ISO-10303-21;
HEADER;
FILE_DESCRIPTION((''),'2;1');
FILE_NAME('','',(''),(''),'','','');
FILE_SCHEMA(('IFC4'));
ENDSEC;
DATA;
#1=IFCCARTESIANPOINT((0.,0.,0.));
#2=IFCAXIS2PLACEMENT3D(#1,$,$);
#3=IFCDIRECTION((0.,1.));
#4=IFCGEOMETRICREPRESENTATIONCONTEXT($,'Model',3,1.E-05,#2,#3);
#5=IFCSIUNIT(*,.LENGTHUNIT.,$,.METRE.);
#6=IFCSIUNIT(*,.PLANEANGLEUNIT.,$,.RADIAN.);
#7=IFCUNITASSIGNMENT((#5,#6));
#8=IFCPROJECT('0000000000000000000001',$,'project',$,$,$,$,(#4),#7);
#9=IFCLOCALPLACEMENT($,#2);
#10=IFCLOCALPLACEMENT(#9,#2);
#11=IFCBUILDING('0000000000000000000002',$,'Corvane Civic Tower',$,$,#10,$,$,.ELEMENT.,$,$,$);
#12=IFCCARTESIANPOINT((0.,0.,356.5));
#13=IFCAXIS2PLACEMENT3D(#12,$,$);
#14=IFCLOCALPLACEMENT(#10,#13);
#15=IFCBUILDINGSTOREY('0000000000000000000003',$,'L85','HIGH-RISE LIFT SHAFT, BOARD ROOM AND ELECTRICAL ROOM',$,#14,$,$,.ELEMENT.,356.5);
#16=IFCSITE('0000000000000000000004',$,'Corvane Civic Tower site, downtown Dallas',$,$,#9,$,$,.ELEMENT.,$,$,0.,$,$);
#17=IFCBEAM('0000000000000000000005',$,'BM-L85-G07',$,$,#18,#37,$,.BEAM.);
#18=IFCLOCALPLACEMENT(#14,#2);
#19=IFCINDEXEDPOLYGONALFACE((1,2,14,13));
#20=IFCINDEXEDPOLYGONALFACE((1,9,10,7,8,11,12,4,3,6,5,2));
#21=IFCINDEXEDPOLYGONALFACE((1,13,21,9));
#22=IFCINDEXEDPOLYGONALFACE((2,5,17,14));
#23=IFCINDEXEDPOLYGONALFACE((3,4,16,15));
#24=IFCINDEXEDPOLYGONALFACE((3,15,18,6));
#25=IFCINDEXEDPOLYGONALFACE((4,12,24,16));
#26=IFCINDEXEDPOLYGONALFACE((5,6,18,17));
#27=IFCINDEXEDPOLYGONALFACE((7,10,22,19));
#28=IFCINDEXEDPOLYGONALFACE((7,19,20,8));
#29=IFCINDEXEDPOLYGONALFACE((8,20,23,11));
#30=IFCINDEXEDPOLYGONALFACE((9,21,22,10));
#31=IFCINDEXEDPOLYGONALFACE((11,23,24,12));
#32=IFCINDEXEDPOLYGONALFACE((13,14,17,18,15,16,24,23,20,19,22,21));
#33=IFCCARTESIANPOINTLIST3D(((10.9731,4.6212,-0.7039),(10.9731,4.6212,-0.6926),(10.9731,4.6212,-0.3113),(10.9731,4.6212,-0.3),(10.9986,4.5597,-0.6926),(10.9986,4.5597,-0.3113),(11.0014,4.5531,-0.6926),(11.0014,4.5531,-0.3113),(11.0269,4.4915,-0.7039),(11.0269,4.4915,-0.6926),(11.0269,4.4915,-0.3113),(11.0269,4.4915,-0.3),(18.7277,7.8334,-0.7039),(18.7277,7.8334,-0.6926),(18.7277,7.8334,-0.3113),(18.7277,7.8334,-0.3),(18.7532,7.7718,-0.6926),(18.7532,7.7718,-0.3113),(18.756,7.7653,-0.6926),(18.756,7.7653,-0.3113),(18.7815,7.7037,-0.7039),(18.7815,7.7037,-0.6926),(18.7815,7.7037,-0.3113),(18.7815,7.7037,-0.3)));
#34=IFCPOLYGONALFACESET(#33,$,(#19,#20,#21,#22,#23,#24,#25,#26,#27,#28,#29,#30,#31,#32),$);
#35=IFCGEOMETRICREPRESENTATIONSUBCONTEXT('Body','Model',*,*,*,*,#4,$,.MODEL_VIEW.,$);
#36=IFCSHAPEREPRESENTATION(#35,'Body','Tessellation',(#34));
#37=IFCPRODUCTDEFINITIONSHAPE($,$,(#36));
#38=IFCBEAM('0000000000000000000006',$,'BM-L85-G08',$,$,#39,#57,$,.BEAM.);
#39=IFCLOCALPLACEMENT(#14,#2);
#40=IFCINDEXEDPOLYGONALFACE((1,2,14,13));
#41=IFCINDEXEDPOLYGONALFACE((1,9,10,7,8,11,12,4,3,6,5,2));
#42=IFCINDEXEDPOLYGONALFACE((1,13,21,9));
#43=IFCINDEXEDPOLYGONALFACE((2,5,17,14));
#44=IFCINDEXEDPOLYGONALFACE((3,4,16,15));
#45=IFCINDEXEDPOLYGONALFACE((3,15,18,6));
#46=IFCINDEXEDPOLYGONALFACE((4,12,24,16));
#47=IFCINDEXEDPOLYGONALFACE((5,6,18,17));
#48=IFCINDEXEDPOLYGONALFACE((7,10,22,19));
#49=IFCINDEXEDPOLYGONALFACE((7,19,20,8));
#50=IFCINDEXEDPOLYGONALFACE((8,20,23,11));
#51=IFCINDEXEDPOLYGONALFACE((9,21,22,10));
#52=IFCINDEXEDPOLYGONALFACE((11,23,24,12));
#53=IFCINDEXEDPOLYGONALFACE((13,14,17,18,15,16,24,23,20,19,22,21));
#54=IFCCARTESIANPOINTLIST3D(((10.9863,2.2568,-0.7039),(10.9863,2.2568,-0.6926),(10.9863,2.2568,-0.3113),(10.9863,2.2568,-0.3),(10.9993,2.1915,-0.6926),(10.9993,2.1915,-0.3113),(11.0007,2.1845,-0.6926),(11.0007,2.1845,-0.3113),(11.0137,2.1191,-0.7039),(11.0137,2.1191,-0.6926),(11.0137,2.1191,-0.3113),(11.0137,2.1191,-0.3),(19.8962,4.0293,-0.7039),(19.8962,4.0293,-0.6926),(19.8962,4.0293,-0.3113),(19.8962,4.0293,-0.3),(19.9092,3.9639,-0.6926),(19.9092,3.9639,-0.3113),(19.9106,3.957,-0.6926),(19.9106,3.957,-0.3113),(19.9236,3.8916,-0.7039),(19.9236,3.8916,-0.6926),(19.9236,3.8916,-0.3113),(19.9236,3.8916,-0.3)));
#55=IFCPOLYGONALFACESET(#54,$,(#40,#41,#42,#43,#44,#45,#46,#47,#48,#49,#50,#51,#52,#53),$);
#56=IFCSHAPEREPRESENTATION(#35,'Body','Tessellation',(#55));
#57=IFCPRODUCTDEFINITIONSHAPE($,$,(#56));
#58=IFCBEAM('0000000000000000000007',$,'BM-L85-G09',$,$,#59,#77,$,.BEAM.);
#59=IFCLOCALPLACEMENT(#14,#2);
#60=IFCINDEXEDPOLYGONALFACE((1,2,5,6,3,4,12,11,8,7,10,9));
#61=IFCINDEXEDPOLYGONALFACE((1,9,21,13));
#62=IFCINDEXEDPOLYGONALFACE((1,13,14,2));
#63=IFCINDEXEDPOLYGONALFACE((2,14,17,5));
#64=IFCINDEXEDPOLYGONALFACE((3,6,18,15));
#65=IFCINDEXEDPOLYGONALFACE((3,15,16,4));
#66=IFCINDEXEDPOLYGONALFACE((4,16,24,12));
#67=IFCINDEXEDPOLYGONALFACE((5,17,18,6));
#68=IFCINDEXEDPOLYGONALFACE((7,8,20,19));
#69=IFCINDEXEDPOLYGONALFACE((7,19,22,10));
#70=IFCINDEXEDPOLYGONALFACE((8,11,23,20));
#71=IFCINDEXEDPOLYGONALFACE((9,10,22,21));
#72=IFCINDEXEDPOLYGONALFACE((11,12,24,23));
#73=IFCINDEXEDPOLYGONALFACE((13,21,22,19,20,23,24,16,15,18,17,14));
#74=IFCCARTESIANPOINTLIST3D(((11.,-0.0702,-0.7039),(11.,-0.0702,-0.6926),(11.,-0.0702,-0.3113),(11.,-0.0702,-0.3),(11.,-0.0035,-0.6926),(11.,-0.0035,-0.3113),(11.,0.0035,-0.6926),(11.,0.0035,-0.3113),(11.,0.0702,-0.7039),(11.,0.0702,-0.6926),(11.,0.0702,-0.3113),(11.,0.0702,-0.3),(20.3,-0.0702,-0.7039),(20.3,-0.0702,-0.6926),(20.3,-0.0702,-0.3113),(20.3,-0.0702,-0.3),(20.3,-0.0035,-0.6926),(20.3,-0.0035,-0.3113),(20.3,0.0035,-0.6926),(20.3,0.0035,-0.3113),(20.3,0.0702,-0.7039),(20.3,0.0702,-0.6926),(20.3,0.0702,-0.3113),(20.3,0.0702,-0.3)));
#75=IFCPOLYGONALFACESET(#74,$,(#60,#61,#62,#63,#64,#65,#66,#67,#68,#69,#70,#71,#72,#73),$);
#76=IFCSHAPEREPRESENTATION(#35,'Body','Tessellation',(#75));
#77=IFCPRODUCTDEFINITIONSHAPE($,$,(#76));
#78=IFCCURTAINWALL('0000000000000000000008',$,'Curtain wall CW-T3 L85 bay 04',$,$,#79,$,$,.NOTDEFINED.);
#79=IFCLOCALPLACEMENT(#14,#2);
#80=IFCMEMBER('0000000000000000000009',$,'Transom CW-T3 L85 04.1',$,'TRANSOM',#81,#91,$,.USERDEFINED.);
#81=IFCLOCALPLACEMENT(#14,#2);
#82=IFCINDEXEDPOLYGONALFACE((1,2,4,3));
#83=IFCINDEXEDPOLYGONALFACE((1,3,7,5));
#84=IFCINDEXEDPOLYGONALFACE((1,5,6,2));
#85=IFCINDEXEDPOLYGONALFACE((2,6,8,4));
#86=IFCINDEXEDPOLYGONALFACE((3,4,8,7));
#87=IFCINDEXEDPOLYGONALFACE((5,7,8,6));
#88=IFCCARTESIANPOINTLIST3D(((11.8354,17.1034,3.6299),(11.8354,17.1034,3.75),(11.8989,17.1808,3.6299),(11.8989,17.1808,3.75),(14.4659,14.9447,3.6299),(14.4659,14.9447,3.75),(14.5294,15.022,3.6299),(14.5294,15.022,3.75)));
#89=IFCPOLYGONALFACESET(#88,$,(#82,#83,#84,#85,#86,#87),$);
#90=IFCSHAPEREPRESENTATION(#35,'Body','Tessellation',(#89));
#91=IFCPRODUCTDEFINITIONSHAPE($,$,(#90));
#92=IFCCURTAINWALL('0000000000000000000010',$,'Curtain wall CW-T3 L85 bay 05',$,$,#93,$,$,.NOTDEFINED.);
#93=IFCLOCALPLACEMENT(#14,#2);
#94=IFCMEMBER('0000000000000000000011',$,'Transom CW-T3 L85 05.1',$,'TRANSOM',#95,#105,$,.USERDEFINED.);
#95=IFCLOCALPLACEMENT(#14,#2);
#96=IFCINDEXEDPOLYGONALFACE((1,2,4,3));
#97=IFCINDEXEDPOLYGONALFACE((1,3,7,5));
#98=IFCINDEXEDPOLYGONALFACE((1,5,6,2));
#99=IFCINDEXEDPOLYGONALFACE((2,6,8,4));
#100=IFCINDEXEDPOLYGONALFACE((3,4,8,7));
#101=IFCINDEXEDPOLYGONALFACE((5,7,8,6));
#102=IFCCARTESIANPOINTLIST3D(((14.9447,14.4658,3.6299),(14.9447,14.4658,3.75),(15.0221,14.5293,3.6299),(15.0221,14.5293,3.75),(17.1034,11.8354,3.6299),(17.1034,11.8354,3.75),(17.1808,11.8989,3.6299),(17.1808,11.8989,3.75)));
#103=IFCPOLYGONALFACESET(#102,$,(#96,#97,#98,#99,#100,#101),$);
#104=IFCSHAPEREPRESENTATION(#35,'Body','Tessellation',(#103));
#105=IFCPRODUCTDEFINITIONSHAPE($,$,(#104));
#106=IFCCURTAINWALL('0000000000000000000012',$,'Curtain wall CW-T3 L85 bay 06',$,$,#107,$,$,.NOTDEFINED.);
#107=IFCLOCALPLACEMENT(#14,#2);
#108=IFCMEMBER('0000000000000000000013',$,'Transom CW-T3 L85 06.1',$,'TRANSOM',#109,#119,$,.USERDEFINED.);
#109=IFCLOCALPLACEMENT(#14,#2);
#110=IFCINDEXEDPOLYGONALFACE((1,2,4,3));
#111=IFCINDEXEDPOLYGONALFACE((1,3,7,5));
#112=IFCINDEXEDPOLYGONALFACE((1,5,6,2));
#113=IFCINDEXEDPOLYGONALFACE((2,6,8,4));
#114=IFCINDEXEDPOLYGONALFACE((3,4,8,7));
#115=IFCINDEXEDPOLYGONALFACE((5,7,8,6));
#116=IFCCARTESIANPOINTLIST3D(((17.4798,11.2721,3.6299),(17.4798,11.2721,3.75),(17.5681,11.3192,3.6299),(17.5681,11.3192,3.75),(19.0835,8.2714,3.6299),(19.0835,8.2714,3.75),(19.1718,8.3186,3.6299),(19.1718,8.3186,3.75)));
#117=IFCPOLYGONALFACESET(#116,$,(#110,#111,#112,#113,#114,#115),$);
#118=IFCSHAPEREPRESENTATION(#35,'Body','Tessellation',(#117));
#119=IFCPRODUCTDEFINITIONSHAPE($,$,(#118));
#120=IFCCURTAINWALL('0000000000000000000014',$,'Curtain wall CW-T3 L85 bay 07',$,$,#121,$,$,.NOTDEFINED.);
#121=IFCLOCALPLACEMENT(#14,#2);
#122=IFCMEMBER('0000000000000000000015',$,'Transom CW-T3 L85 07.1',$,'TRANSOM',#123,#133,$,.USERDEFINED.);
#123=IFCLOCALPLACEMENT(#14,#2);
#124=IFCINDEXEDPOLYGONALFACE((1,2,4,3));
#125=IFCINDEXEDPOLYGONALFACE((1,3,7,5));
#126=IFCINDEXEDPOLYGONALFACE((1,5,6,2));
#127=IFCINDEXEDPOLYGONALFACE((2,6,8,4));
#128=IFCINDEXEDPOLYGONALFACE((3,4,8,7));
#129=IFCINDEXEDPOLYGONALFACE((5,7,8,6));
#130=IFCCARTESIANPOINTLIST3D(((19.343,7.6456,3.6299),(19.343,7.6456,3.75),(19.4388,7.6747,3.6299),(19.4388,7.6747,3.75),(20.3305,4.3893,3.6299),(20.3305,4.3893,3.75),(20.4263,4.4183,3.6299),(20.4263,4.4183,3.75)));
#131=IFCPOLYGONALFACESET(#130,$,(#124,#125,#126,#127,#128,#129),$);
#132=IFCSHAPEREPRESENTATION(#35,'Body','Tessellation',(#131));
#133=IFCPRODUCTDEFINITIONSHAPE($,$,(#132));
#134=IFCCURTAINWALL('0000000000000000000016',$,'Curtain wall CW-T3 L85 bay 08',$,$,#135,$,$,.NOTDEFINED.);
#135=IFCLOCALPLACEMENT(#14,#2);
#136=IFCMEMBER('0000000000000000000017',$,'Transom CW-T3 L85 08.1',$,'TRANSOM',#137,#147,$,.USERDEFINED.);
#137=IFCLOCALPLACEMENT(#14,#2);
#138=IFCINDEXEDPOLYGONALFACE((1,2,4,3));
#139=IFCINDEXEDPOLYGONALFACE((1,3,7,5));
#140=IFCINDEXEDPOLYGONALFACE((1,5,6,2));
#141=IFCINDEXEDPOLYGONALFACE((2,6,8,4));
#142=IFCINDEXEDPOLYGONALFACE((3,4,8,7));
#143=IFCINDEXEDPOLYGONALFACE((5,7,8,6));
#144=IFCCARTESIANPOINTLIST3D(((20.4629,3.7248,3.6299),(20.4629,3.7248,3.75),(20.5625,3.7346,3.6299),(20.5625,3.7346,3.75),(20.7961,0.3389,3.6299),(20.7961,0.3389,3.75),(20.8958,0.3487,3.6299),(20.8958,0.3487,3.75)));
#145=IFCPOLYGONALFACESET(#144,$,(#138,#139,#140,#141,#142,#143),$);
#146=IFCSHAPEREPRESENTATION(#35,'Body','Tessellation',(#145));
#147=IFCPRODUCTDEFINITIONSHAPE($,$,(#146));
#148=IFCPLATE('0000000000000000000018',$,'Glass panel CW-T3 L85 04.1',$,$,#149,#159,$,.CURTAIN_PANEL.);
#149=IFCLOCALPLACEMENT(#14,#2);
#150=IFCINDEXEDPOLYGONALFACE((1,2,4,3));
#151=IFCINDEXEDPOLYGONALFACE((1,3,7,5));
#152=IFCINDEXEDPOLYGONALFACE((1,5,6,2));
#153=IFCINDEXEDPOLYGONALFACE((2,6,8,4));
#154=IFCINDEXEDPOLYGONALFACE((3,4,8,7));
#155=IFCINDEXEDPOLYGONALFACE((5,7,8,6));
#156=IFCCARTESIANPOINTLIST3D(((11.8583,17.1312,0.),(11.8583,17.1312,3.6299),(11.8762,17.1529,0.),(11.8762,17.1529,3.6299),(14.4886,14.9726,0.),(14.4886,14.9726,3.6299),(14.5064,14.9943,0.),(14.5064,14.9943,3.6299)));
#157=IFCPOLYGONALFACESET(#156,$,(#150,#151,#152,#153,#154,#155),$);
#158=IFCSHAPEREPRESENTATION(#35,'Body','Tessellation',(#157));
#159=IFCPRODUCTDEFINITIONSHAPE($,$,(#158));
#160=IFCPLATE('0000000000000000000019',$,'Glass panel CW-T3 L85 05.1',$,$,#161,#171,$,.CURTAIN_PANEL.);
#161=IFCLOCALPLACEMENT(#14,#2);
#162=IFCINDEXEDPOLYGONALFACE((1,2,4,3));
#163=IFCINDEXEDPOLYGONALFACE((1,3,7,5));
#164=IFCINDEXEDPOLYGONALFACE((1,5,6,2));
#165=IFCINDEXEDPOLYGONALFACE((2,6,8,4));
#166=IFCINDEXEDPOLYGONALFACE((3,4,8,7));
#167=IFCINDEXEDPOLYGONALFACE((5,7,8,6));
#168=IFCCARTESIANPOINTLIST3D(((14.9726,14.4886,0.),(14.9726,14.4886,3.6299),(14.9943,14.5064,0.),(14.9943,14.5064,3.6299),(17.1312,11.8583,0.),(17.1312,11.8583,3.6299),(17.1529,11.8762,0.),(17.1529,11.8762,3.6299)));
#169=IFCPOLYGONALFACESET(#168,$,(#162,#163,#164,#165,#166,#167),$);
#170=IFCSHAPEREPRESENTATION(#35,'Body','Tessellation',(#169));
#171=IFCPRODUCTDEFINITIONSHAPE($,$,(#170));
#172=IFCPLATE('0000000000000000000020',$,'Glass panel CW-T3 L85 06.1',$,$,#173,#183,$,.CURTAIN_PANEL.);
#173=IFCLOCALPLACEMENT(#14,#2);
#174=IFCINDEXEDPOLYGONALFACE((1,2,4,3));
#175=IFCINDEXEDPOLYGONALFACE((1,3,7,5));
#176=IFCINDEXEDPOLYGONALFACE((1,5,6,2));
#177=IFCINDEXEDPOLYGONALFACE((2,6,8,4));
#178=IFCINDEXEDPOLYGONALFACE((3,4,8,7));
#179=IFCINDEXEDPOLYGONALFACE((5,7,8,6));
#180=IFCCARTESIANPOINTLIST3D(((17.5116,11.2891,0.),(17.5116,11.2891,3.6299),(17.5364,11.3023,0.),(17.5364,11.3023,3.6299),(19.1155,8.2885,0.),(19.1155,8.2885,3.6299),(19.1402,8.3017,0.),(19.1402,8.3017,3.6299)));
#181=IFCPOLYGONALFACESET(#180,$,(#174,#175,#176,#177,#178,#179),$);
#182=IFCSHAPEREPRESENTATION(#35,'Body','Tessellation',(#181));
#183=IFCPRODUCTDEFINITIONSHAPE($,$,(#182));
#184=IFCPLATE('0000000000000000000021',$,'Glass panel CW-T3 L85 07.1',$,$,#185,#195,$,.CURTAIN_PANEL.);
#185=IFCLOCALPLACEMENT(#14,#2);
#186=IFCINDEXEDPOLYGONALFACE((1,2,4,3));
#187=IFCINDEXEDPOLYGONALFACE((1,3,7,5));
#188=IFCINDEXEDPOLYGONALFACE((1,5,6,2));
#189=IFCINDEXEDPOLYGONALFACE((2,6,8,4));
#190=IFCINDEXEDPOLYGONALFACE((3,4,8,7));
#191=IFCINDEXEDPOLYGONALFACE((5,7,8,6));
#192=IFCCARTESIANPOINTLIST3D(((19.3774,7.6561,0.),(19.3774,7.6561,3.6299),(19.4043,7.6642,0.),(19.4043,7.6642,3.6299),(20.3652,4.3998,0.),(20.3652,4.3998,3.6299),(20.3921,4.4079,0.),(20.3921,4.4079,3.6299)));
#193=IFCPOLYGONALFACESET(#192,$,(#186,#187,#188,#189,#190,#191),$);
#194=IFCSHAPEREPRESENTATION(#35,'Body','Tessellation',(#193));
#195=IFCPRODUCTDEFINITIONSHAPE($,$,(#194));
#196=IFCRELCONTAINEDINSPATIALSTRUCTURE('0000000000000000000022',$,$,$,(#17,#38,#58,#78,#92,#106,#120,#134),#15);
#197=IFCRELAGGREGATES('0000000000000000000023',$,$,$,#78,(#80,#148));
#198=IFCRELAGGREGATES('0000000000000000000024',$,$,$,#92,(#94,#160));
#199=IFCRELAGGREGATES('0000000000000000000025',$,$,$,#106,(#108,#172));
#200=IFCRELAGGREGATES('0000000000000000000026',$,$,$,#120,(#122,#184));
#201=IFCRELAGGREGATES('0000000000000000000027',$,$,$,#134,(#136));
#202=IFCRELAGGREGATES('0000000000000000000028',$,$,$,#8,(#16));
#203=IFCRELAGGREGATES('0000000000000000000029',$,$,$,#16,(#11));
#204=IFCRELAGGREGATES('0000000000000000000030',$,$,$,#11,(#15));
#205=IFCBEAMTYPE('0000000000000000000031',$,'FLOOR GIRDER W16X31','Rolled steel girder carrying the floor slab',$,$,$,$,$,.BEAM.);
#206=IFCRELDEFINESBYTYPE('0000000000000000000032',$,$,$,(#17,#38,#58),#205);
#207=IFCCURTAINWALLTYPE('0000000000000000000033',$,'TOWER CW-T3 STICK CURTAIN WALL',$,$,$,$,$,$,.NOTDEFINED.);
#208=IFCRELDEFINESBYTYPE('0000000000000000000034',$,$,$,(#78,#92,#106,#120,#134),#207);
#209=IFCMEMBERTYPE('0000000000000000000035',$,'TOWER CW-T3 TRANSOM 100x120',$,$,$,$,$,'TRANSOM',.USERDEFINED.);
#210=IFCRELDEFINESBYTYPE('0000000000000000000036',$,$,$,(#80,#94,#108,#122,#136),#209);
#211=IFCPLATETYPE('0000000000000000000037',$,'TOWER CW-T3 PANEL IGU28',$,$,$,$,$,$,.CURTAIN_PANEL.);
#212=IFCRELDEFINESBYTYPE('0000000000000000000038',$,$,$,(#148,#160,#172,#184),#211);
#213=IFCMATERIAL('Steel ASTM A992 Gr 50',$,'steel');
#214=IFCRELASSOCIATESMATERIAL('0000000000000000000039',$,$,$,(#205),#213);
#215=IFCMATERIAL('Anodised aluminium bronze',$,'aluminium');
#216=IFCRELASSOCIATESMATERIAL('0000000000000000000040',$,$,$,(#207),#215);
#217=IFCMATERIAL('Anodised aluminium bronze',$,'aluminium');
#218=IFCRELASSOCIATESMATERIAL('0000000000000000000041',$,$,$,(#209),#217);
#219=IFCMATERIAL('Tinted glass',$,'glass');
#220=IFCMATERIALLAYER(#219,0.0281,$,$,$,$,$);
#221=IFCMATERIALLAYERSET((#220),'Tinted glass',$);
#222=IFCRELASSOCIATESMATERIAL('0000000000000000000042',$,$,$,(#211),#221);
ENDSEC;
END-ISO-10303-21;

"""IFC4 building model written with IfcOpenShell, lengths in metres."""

from ifc_helpers import new_model, si_unit, direction, frame, origin, origin_2d, place, context, subcontext, project, spatial, rectangle, i_section, extrude, material, layer, layer_set, material_profile, profile_set, type_object, element, aggregate, save


model = new_model("IFC4")

# Units and contexts
model_context = context("Model", 3, precision=1e-05, world=origin(), true_north=direction((0.0, 1.0)))
body_context = subcontext(model_context, "Body", "Model", "MODEL_VIEW")
ifc_project = project(units=[si_unit("LENGTHUNIT", "METRE"), si_unit("PLANEANGLEUNIT", "RADIAN")], contexts=[model_context])

# Site, building, storey
site_placement = place(None, origin())
site = spatial("IfcSite", under=ifc_project, at=site_placement, Name="Corvane Civic Tower site, downtown Dallas", CompositionType="ELEMENT", RefElevation=0.0)
building_placement = place(site_placement, origin())
building = spatial("IfcBuilding", under=site, at=building_placement, Name="Corvane Civic Tower", CompositionType="ELEMENT")
storey_placement = place(building_placement, frame((0.0, 0.0, 356.5)))
storey = spatial("IfcBuildingStorey", under=building, at=storey_placement, Name="L85", Description="HIGH-RISE LIFT SHAFT, BOARD ROOM AND ELECTRICAL ROOM", CompositionType="ELEMENT", Elevation=356.5)

# Beams
ifc_material_1 = material(Name="Steel ASTM A992 Gr 50", Category="steel")
ifc_material_profile_1 = material_profile(ifc_material_1, i_section(OverallWidth=0.1404, OverallDepth=0.4038, WebThickness=0.0071, FlangeThickness=0.0112, at=origin_2d()), Name="W16X31")
ifc_profile_set_1 = profile_set([ifc_material_profile_1], Name="Steel ASTM A992 Gr 50")
beam_type_1 = type_object("IfcBeamType", Name="FLOOR GIRDER W16X31", Description="Rolled steel girder carrying the floor slab", PredefinedType="BEAM", material=ifc_profile_set_1)
beam_1_placement = place(storey_placement, frame((11.0, 4.5564, -0.502), z_axis=(0.923876, 0.382692, 0.0), x_axis=(-0.382692, 0.923876, 0.0)))
element("IfcBeam", 1, at=beam_1_placement, inside=storey, type_object=beam_type_1, Name="BM-L85-G07", PredefinedType="BEAM", context=body_context, shape_type="SweptSolid", body=[
    extrude(i_section(OverallWidth=0.1404, OverallDepth=0.4038, WebThickness=0.0071, FlangeThickness=0.0112, at=origin_2d()), origin(), (0.0, 0.0, 1.0), 8.3936),
])
beam_2_placement = place(storey_placement, frame((11.0, 2.188, -0.502), z_axis=(0.980782, 0.195108, 0.0), x_axis=(-0.195108, 0.980782, 0.0)))
element("IfcBeam", 2, at=beam_2_placement, inside=storey, type_object=beam_type_1, Name="BM-L85-G08", PredefinedType="BEAM", context=body_context, shape_type="SweptSolid", body=[
    extrude(i_section(OverallWidth=0.1404, OverallDepth=0.4038, WebThickness=0.0071, FlangeThickness=0.0112, at=origin_2d()), origin(), (0.0, 0.0, 1.0), 9.0845),
])
beam_3_placement = place(storey_placement, frame((11.0, 0.0, -0.502), z_axis=(1.0, 0.0, 0.0), x_axis=(0.0, 1.0, 0.0)))
element("IfcBeam", 3, at=beam_3_placement, inside=storey, type_object=beam_type_1, Name="BM-L85-G09", PredefinedType="BEAM", context=body_context, shape_type="SweptSolid", body=[
    extrude(i_section(OverallWidth=0.1404, OverallDepth=0.4038, WebThickness=0.0071, FlangeThickness=0.0112, at=origin_2d()), origin(), (0.0, 0.0, 1.0), 9.3),
])

# Curtain walls, members
ifc_material_2 = material(Name="Anodised aluminium bronze", Category="aluminium")
curtain_wall_type = type_object("IfcCurtainWallType", Name="TOWER CW-T3 STICK CURTAIN WALL", PredefinedType="NOTDEFINED", material=ifc_material_2)
curtain_wall_1_placement = place(storey_placement, origin())
curtain_wall_1 = element("IfcCurtainWall", 4, at=curtain_wall_1_placement, inside=storey, type_object=curtain_wall_type, Name="Curtain wall CW-T3 L85 bay 04", PredefinedType="NOTDEFINED")
ifc_material_3 = material(Name="Anodised aluminium bronze", Category="aluminium")
ifc_material_profile_2 = material_profile(ifc_material_3, rectangle(XDim=0.1001, YDim=0.1201, at=origin_2d()), Name="TOWER CW-T3 TRANSOM 100x120")
ifc_profile_set_2 = profile_set([ifc_material_profile_2], Name="Anodised aluminium bronze")
member_type = type_object("IfcMemberType", Name="TOWER CW-T3 TRANSOM 100x120", ElementType="TRANSOM", PredefinedType="USERDEFINED", material=ifc_profile_set_2)
member_1_placement = place(storey_placement, frame((11.8672, 17.1421, 3.6899), z_axis=(0.77301, -0.634394, 0.0), x_axis=(0.634394, 0.77301, 0.0)))
member_1 = element("IfcMember", 5, at=member_1_placement, type_object=member_type, Name="Transom CW-T3 L85 04.1", ObjectType="TRANSOM", PredefinedType="USERDEFINED", context=body_context, shape_type="SweptSolid", body=[
    extrude(rectangle(XDim=0.1001, YDim=0.1201, at=origin_2d()), origin(), (0.0, 0.0, 1.0), 3.4028),
])
curtain_wall_2_placement = place(storey_placement, origin())
curtain_wall_2 = element("IfcCurtainWall", 6, at=curtain_wall_2_placement, inside=storey, type_object=curtain_wall_type, Name="Curtain wall CW-T3 L85 bay 05", PredefinedType="NOTDEFINED")
member_2_placement = place(storey_placement, frame((14.9834, 14.4976, 3.6899), z_axis=(0.634394, -0.77301, 0.0), x_axis=(0.77301, 0.634394, 0.0)))
member_2 = element("IfcMember", 7, at=member_2_placement, type_object=member_type, Name="Transom CW-T3 L85 05.1", ObjectType="TRANSOM", PredefinedType="USERDEFINED", context=body_context, shape_type="SweptSolid", body=[
    extrude(rectangle(XDim=0.1001, YDim=0.1201, at=origin_2d()), origin(), (0.0, 0.0, 1.0), 3.4028),
])
curtain_wall_3_placement = place(storey_placement, origin())
curtain_wall_3 = element("IfcCurtainWall", 8, at=curtain_wall_3_placement, inside=storey, type_object=curtain_wall_type, Name="Curtain wall CW-T3 L85 bay 06", PredefinedType="NOTDEFINED")
member_3_placement = place(storey_placement, frame((17.5239, 11.2957, 3.6899), z_axis=(0.471359, -0.881941, 0.0), x_axis=(0.881941, 0.471359, 0.0)))
member_3 = element("IfcMember", 9, at=member_3_placement, type_object=member_type, Name="Transom CW-T3 L85 06.1", ObjectType="TRANSOM", PredefinedType="USERDEFINED", context=body_context, shape_type="SweptSolid", body=[
    extrude(rectangle(XDim=0.1001, YDim=0.1201, at=origin_2d()), origin(), (0.0, 0.0, 1.0), 3.4023),
])
curtain_wall_4_placement = place(storey_placement, origin())
curtain_wall_4 = element("IfcCurtainWall", 10, at=curtain_wall_4_placement, inside=storey, type_object=curtain_wall_type, Name="Curtain wall CW-T3 L85 bay 07", PredefinedType="NOTDEFINED")
member_4_placement = place(storey_placement, frame((19.3909, 7.6602, 3.6899), z_axis=(0.290216, -0.956961, 0.0), x_axis=(0.956961, 0.290216, 0.0)))
member_4 = element("IfcMember", 11, at=member_4_placement, type_object=member_type, Name="Transom CW-T3 L85 07.1", ObjectType="TRANSOM", PredefinedType="USERDEFINED", context=body_context, shape_type="SweptSolid", body=[
    extrude(rectangle(XDim=0.1001, YDim=0.1201, at=origin_2d()), origin(), (0.0, 0.0, 1.0), 3.4028),
])
curtain_wall_5_placement = place(storey_placement, origin())
curtain_wall_5 = element("IfcCurtainWall", 12, at=curtain_wall_5_placement, inside=storey, type_object=curtain_wall_type, Name="Curtain wall CW-T3 L85 bay 08", PredefinedType="NOTDEFINED")
member_5_placement = place(storey_placement, frame((20.5127, 3.7297, 3.6899), z_axis=(0.097948, -0.995192, 0.0), x_axis=(0.995192, 0.097948, 0.0)))
member_5 = element("IfcMember", 13, at=member_5_placement, type_object=member_type, Name="Transom CW-T3 L85 08.1", ObjectType="TRANSOM", PredefinedType="USERDEFINED", context=body_context, shape_type="SweptSolid", body=[
    extrude(rectangle(XDim=0.1001, YDim=0.1201, at=origin_2d()), origin(), (0.0, 0.0, 1.0), 3.4023),
])

# Plates
ifc_material_4 = material(Name="Tinted glass", Category="glass")
ifc_layer_1 = layer(ifc_material_4, 0.0281)
ifc_layer_set_1 = layer_set([ifc_layer_1], Name="Tinted glass")
plate_type = type_object("IfcPlateType", Name="TOWER CW-T3 PANEL IGU28", PredefinedType="CURTAIN_PANEL", material=ifc_layer_set_1)
plate_1_placement = place(storey_placement, frame((13.1824, 16.0627, 0.0), z_axis=(0.0, 0.0, 1.0), x_axis=(0.77301, -0.634393, 0.0)))
plate_1 = element("IfcPlate", 14, at=plate_1_placement, type_object=plate_type, Name="Glass panel CW-T3 L85 04.1", PredefinedType="CURTAIN_PANEL", context=body_context, shape_type="SweptSolid", body=[
    extrude(rectangle(XDim=3.4026, YDim=0.0281, at=origin_2d()), origin(), (0.0, 0.0, 1.0), 3.6299),
])
aggregate(curtain_wall_1, [member_1, plate_1])
plate_2_placement = place(storey_placement, frame((16.0627, 13.1824, 0.0), z_axis=(0.0, 0.0, 1.0), x_axis=(0.634393, -0.77301, 0.0)))
plate_2 = element("IfcPlate", 15, at=plate_2_placement, type_object=plate_type, Name="Glass panel CW-T3 L85 05.1", PredefinedType="CURTAIN_PANEL", context=body_context, shape_type="SweptSolid", body=[
    extrude(rectangle(XDim=3.4026, YDim=0.0281, at=origin_2d()), origin(), (0.0, 0.0, 1.0), 3.6299),
])
aggregate(curtain_wall_2, [member_2, plate_2])
plate_3_placement = place(storey_placement, frame((18.3259, 9.7954, 0.0), z_axis=(0.0, 0.0, 1.0), x_axis=(0.471384, -0.881928, 0.0)))
plate_3 = element("IfcPlate", 16, at=plate_3_placement, type_object=plate_type, Name="Glass panel CW-T3 L85 06.1", PredefinedType="CURTAIN_PANEL", context=body_context, shape_type="SweptSolid", body=[
    extrude(rectangle(XDim=3.4023, YDim=0.0281, at=origin_2d()), origin(), (0.0, 0.0, 1.0), 3.6299),
])
aggregate(curtain_wall_3, [member_3, plate_3])
plate_4_placement = place(storey_placement, frame((19.8848, 6.032, 0.0), z_axis=(0.0, 0.0, 1.0), x_axis=(0.29029, -0.956939, 0.0)))
plate_4 = element("IfcPlate", 17, at=plate_4_placement, type_object=plate_type, Name="Glass panel CW-T3 L85 07.1", PredefinedType="CURTAIN_PANEL", context=body_context, shape_type="SweptSolid", body=[
    extrude(rectangle(XDim=3.4028, YDim=0.0281, at=origin_2d()), origin(), (0.0, 0.0, 1.0), 3.6299),
])
aggregate(curtain_wall_4, [member_4, plate_4])
aggregate(curtain_wall_5, [member_5])

save(model, "model.ifc")
